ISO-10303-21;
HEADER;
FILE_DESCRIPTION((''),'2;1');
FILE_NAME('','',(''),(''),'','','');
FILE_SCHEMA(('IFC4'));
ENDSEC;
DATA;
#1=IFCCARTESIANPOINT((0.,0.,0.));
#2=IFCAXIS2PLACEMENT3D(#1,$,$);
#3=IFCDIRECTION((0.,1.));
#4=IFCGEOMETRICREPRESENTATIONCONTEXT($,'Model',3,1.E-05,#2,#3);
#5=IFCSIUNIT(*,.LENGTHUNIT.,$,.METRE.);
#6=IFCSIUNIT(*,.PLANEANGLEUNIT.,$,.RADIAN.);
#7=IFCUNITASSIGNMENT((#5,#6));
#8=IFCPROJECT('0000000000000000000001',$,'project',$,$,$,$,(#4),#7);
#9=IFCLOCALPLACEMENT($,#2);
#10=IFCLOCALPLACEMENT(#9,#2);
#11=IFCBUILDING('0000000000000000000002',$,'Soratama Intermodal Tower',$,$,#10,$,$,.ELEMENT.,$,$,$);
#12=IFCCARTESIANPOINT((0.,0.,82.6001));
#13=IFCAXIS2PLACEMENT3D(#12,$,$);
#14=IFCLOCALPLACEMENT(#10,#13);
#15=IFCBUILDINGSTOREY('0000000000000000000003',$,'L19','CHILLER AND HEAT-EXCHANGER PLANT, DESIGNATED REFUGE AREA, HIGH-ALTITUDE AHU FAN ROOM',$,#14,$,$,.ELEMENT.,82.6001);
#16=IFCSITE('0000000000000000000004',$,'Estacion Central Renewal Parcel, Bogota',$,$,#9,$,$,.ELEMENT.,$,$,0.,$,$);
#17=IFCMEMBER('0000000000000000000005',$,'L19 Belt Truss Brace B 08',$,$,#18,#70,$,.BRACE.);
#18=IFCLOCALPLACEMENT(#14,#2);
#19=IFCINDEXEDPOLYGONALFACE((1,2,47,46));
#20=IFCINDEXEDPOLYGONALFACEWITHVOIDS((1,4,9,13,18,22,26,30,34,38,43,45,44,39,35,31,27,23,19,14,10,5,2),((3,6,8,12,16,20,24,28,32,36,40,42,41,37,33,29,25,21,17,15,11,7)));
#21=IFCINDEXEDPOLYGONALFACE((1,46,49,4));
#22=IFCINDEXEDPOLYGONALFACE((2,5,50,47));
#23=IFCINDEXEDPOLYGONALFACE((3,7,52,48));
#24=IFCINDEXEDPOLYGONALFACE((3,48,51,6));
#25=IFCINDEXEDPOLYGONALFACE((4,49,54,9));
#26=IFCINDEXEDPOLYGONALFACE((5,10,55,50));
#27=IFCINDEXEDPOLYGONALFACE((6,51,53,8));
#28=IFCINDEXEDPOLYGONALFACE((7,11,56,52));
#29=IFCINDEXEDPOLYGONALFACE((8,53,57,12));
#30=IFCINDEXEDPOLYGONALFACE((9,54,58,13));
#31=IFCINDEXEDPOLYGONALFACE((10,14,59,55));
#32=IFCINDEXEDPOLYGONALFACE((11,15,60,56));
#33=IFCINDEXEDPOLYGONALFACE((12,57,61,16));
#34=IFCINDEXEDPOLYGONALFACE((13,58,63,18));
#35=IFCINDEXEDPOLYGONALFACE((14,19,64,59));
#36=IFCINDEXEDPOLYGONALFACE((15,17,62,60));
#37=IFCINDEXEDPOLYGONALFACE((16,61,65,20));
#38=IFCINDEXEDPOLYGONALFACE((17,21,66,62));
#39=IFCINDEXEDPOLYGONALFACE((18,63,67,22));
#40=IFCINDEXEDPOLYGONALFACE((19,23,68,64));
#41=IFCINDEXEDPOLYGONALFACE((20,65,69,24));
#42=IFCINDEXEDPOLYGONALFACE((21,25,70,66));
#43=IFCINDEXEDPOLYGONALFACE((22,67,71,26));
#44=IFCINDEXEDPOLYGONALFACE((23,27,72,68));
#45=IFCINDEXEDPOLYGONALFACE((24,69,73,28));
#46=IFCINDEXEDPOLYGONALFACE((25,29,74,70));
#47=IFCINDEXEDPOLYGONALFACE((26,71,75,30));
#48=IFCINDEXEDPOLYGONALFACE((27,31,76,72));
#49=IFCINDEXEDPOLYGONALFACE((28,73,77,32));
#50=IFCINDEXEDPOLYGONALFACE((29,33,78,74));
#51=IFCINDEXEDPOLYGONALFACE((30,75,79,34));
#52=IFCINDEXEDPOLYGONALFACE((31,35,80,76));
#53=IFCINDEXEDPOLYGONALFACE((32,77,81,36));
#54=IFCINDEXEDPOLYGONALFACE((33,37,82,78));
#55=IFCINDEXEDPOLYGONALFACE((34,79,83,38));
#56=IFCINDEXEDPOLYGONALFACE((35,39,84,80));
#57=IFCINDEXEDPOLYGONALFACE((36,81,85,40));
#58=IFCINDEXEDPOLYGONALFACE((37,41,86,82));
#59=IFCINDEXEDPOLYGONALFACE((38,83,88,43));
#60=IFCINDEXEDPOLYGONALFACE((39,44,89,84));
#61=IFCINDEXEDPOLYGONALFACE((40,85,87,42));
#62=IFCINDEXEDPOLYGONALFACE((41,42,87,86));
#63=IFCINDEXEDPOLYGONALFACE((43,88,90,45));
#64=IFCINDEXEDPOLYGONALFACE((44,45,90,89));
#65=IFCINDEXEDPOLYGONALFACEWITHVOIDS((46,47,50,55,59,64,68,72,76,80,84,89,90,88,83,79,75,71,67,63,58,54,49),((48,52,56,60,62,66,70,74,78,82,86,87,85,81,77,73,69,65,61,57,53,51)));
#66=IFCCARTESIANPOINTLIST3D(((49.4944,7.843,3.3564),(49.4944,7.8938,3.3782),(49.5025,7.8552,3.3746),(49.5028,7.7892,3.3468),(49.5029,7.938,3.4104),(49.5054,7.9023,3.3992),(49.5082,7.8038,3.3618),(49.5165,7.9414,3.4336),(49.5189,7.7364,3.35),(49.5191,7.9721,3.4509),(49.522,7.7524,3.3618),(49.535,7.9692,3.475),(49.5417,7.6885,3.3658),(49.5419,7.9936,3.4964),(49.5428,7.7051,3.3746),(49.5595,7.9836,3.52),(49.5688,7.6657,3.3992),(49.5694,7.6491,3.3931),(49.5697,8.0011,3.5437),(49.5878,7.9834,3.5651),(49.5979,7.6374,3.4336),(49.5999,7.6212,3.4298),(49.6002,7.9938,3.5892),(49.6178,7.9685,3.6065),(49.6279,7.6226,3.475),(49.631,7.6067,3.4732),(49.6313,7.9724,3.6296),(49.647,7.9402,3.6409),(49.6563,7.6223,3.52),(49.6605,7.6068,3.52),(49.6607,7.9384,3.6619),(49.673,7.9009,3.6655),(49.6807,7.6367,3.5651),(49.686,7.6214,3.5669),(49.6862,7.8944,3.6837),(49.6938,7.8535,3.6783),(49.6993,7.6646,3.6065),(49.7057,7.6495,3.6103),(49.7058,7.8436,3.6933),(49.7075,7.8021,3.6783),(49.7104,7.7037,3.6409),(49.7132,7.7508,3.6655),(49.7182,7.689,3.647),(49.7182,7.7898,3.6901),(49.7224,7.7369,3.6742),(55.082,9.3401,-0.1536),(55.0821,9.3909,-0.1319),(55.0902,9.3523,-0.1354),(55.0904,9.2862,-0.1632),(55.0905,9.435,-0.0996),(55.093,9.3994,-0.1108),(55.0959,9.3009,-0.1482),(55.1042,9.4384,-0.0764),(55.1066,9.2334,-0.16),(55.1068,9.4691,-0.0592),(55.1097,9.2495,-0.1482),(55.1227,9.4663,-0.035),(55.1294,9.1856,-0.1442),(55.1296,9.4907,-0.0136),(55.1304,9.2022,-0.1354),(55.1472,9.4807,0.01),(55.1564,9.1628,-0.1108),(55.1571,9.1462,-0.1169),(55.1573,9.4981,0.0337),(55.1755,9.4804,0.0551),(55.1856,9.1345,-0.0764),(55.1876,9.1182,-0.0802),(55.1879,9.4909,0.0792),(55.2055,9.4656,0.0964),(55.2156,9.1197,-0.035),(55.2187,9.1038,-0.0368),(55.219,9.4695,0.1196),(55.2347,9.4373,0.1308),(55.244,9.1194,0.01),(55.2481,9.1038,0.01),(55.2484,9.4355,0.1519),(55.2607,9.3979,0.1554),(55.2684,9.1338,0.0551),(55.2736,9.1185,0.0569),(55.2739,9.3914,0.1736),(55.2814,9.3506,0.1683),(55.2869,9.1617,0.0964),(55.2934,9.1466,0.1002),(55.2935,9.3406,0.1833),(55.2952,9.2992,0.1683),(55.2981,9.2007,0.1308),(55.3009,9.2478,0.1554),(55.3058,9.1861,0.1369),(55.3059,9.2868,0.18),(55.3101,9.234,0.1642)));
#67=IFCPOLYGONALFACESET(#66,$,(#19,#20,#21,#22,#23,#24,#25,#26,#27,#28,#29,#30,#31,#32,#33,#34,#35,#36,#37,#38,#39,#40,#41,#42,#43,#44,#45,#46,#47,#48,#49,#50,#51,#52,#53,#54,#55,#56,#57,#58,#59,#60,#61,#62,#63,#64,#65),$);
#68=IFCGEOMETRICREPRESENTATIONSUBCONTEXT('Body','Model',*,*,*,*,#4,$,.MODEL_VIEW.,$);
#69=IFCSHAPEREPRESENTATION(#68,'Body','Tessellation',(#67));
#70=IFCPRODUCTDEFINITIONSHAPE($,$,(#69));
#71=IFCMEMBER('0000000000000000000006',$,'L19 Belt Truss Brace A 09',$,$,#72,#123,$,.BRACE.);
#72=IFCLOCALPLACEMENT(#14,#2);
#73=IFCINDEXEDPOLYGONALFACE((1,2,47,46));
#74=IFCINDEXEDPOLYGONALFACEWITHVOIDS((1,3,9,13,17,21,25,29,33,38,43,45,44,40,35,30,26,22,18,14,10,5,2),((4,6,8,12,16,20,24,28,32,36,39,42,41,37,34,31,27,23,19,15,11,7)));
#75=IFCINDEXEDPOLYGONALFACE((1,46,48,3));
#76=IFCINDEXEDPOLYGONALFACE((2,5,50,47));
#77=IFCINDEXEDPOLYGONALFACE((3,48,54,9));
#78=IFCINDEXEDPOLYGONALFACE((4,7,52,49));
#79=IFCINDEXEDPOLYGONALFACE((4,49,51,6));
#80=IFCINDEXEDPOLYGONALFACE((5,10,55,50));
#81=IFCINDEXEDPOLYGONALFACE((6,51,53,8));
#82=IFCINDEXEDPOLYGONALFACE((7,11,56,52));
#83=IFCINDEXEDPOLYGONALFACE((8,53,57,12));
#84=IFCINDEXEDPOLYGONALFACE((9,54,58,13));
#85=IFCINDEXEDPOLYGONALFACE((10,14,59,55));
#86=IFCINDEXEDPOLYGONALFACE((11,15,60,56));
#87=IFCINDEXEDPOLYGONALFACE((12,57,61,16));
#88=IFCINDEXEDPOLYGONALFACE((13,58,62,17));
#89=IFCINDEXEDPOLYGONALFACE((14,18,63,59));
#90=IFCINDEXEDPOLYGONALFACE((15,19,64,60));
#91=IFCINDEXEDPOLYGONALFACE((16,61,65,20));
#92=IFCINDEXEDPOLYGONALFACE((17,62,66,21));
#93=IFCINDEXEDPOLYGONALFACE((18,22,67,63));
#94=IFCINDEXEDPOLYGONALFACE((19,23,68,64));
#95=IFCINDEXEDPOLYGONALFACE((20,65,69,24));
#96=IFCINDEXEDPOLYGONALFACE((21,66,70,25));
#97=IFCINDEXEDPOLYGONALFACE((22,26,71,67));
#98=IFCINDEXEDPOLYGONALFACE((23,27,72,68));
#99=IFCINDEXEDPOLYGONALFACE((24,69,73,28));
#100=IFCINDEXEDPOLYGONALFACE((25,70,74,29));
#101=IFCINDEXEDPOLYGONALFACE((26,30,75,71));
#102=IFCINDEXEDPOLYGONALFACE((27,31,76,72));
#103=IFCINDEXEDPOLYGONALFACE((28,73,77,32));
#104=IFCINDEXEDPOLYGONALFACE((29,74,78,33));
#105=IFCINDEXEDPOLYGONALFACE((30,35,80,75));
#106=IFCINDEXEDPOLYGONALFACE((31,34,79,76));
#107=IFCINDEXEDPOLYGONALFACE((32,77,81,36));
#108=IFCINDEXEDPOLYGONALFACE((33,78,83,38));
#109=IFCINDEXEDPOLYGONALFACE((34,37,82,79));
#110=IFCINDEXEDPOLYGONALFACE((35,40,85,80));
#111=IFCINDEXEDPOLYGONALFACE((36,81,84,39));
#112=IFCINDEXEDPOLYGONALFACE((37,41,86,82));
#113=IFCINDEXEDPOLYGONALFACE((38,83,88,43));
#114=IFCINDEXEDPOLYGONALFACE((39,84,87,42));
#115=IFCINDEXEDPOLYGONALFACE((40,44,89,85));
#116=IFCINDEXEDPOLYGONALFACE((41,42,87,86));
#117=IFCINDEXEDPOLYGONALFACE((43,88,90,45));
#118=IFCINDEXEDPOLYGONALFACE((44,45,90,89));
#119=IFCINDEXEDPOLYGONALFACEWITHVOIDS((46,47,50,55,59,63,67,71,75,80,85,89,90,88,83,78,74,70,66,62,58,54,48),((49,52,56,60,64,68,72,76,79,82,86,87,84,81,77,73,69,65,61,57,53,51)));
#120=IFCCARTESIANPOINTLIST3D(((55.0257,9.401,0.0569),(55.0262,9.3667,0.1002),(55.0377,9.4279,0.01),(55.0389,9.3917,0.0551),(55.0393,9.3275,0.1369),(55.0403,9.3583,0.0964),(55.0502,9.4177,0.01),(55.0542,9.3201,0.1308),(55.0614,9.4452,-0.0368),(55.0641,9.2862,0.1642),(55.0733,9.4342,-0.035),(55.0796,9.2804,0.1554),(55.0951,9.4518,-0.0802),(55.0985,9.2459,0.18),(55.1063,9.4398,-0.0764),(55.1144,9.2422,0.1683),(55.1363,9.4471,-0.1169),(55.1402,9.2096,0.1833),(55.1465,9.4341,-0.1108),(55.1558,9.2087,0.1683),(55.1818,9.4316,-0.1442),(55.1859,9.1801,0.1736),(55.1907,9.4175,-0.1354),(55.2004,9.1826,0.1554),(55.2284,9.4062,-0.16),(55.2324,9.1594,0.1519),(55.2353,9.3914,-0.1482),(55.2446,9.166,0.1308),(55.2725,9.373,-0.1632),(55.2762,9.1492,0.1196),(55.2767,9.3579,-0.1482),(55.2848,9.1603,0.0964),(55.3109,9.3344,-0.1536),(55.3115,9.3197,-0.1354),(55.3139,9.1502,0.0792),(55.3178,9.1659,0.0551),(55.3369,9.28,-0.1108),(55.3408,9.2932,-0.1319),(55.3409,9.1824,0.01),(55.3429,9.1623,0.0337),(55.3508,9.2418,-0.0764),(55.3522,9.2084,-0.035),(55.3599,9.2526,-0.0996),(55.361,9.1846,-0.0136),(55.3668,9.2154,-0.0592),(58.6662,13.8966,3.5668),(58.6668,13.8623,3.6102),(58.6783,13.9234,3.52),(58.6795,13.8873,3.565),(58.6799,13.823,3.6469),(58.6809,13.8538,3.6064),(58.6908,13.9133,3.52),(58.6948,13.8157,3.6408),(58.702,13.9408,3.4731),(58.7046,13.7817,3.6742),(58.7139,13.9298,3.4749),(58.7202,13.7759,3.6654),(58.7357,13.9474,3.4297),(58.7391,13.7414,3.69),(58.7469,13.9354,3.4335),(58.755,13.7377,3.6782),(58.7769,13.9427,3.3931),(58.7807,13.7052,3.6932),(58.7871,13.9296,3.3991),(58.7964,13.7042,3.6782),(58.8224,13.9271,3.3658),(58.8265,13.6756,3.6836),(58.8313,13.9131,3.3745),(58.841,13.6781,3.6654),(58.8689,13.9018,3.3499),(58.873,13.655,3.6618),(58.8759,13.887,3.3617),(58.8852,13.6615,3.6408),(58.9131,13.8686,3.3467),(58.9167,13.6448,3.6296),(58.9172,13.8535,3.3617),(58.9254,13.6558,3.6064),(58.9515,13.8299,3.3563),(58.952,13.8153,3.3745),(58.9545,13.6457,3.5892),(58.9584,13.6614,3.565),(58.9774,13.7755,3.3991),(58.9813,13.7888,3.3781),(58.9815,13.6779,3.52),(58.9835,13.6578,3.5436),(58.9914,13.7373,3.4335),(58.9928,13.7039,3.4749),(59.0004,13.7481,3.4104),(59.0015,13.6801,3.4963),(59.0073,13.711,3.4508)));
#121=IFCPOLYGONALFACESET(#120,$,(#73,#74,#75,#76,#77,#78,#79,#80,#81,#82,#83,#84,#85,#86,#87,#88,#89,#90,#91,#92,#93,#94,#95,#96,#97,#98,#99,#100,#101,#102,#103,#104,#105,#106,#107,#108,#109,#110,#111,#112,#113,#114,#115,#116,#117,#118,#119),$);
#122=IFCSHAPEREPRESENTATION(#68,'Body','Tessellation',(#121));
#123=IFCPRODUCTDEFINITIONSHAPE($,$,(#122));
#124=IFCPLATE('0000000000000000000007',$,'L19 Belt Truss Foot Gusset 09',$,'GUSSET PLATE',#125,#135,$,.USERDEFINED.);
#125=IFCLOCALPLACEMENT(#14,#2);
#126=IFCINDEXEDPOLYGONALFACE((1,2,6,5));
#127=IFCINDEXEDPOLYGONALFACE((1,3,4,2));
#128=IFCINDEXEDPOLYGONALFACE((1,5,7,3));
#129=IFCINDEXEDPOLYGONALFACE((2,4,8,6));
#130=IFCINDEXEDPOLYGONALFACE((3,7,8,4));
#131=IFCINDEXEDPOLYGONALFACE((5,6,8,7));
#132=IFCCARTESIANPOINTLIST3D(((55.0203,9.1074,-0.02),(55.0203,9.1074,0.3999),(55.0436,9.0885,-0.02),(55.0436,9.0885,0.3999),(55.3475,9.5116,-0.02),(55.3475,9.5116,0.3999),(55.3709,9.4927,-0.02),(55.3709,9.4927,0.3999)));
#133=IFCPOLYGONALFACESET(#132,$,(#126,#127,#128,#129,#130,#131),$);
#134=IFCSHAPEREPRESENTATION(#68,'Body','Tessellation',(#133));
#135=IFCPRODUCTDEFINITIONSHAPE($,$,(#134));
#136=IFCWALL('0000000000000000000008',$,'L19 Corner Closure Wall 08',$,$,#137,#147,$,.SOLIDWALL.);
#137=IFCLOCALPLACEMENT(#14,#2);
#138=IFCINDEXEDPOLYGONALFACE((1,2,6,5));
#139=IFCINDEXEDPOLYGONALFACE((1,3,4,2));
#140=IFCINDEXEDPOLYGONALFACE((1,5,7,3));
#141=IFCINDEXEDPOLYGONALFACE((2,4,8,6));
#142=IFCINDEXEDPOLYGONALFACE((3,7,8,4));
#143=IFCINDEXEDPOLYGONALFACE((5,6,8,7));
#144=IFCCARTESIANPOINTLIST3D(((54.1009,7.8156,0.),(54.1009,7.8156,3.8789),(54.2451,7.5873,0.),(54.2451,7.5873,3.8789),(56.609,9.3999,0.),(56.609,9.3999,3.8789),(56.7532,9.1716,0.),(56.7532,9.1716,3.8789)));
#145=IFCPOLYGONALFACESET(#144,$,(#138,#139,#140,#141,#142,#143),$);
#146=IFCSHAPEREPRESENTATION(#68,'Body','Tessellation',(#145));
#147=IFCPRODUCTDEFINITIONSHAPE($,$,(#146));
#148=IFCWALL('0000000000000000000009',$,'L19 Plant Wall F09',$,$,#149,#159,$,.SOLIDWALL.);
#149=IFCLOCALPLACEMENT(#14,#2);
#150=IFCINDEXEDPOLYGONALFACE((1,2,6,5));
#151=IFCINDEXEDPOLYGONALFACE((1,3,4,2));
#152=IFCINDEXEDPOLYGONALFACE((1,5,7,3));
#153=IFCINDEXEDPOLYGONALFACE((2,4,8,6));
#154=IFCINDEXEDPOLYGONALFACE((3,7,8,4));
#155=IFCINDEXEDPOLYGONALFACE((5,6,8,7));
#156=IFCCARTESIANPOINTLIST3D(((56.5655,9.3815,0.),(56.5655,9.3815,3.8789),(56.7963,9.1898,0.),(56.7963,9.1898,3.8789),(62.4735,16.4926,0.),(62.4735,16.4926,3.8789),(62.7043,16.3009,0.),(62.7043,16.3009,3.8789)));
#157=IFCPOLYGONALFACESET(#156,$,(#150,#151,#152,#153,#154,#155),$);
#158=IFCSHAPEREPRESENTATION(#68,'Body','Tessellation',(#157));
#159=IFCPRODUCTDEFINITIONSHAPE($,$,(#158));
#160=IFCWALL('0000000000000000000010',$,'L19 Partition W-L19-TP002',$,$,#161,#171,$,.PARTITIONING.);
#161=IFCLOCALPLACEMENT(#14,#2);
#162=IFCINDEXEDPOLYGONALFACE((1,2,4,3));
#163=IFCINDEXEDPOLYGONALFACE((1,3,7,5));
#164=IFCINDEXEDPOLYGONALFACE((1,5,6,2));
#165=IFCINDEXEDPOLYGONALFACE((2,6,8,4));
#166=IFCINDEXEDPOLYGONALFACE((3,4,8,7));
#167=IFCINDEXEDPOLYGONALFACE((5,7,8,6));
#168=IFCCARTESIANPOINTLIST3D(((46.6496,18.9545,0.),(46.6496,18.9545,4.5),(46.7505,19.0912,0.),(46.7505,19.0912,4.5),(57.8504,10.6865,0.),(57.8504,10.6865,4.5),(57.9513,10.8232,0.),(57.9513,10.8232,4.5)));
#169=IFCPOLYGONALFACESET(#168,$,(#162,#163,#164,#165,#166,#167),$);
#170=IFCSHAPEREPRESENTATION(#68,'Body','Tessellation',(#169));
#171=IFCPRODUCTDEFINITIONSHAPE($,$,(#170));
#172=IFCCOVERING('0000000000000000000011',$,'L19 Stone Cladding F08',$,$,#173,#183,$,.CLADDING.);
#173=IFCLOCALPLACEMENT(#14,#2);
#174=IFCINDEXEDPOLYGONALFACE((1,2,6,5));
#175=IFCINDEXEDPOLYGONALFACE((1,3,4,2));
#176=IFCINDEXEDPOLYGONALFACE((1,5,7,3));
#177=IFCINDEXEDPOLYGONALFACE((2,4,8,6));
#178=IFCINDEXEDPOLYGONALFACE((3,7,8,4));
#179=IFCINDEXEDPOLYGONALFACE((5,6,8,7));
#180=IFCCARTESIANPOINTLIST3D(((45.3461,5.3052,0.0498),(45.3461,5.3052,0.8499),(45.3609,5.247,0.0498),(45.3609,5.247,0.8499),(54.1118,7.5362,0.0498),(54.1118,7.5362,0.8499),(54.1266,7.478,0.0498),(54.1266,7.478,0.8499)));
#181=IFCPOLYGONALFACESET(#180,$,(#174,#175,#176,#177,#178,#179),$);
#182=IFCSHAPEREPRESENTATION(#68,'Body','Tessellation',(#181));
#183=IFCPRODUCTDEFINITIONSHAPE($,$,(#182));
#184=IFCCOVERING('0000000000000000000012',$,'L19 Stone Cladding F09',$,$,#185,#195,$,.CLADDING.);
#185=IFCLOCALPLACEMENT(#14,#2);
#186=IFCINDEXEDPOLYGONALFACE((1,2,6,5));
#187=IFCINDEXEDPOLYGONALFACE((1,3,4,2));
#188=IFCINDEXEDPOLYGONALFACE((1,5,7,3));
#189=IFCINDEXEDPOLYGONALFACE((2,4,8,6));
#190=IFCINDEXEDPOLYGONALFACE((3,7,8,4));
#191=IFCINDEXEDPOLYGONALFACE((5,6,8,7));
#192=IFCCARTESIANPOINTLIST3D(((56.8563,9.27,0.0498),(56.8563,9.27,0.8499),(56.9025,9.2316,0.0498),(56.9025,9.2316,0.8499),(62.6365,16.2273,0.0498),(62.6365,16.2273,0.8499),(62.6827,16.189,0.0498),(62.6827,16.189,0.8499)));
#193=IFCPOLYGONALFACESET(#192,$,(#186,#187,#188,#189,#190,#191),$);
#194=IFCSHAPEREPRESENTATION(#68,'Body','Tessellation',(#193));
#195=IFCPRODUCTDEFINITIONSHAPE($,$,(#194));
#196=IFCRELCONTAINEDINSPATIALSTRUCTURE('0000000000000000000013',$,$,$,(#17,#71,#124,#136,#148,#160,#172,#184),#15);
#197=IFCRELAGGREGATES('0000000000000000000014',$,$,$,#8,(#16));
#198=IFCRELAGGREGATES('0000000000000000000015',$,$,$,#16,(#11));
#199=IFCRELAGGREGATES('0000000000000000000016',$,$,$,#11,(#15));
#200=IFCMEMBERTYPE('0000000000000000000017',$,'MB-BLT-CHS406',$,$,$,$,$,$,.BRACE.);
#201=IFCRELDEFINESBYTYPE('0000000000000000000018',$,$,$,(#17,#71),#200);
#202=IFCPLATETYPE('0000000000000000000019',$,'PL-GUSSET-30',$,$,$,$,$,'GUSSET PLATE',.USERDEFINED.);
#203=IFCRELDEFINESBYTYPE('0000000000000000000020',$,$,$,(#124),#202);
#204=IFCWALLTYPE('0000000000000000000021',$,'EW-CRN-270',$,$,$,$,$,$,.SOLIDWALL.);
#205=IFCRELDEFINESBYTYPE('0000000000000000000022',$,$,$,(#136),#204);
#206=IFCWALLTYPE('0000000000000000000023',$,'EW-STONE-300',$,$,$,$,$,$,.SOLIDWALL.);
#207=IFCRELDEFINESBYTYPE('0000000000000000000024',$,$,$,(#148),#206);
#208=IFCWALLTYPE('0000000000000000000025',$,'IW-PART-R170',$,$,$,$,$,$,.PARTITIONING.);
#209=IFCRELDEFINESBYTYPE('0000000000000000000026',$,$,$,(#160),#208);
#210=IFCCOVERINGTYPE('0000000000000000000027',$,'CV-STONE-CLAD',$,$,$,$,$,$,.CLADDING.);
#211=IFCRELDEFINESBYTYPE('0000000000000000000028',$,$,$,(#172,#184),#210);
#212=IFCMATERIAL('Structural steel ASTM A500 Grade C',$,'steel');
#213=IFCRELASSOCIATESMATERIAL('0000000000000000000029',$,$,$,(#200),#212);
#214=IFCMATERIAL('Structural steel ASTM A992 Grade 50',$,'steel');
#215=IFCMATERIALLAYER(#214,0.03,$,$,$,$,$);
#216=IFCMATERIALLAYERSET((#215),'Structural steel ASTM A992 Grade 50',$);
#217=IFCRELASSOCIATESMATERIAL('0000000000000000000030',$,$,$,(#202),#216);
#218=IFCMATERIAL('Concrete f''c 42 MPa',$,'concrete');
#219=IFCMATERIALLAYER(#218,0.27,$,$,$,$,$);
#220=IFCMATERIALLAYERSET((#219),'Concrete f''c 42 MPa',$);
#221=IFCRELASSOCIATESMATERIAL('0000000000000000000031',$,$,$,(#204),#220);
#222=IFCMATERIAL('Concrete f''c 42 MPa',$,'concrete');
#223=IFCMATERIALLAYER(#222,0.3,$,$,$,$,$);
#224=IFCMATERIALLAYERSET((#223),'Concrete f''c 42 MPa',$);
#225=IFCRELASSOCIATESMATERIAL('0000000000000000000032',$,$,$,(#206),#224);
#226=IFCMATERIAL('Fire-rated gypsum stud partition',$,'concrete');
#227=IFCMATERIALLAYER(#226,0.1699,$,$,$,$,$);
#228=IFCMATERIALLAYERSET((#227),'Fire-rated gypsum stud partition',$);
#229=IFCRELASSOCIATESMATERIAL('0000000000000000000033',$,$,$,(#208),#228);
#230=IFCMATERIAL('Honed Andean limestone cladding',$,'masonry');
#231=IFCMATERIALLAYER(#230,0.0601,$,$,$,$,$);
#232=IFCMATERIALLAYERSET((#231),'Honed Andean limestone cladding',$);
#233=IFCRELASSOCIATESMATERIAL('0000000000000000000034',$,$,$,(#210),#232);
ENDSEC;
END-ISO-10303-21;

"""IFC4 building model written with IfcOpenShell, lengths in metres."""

from ifc_helpers import new_model, si_unit, direction, frame, frame_2d, origin, origin_2d, place, context, subcontext, project, spatial, rectangle, hollow_circle, extrude, material, layer, layer_set, material_profile, profile_set, type_object, element, save


model = new_model("IFC4")

# Units and contexts
model_context = context("Model", 3, precision=1e-05, world=origin(), true_north=direction((0.0, 1.0)))
body_context = subcontext(model_context, "Body", "Model", "MODEL_VIEW")
ifc_project = project(units=[si_unit("LENGTHUNIT", "METRE"), si_unit("PLANEANGLEUNIT", "RADIAN")], contexts=[model_context])

# Site, building, storey
site_placement = place(None, origin())
site = spatial("IfcSite", under=ifc_project, at=site_placement, Name="Estacion Central Renewal Parcel, Bogota", CompositionType="ELEMENT", RefElevation=0.0)
building_placement = place(site_placement, origin())
building = spatial("IfcBuilding", under=site, at=building_placement, Name="Soratama Intermodal Tower", CompositionType="ELEMENT")
storey_placement = place(building_placement, frame((0.0, 0.0, 82.6001)))
storey = spatial("IfcBuildingStorey", under=building, at=storey_placement, Name="L19", Description="CHILLER AND HEAT-EXCHANGER PLANT, DESIGNATED REFUGE AREA, HIGH-ALTITUDE AHU FAN ROOM", CompositionType="ELEMENT", Elevation=82.6001)

# Members
ifc_material_1 = material(Name="Structural steel ASTM A500 Grade C", Category="steel")
ifc_material_profile_1 = material_profile(ifc_material_1, hollow_circle(Radius=0.2031, WallThickness=0.0161, at=origin_2d()), Name="CHS406X16")
ifc_profile_set_1 = profile_set([ifc_material_profile_1], Name="Structural steel ASTM A500 Grade C")
member_type = type_object("IfcMemberType", Name="MB-BLT-CHS406", PredefinedType="BRACE", material=ifc_profile_set_1)
for number, where, z_axis, x_axis, name in (
    (1, (55.1956, 9.3, 0.01), (-0.825802, -0.221253, 0.518747), (0.258797, -0.965932, 0.0), "L19 Belt Truss Brace B 08"),
    (2, (55.1956, 9.3, 0.01), (0.538041, 0.664397, 0.518738), (-0.777133, 0.629337, 0.0), "L19 Belt Truss Brace A 09"),
):
    element("IfcMember", number, at=place(storey_placement, frame(where, z_axis=z_axis, x_axis=x_axis)), inside=storey, type_object=member_type, Name=name, PredefinedType="BRACE", context=body_context, shape_type="SweptSolid", body=[
        extrude(hollow_circle(Radius=0.2031, WallThickness=0.0161, at=origin_2d()), origin(), (0.0, 0.0, 1.0), 6.7664),
    ])

# Plate
ifc_material_2 = material(Name="Structural steel ASTM A992 Grade 50", Category="steel")
ifc_layer_1 = layer(ifc_material_2, 0.03)
ifc_layer_set_1 = layer_set([ifc_layer_1], Name="Structural steel ASTM A992 Grade 50")
plate_type = type_object("IfcPlateType", Name="PL-GUSSET-30", ElementType="GUSSET PLATE", PredefinedType="USERDEFINED", material=ifc_layer_set_1)
plate_placement = place(storey_placement, frame((55.1956, 9.3, -0.02), z_axis=(0.0, 0.0, 1.0), x_axis=(0.62932, 0.777146, 0.0)))
element("IfcPlate", 3, at=plate_placement, inside=storey, type_object=plate_type, Name="L19 Belt Truss Foot Gusset 09", ObjectType="GUSSET PLATE", PredefinedType="USERDEFINED", context=body_context, shape_type="SweptSolid", body=[
    extrude(rectangle(XDim=0.52, YDim=0.03, at=origin_2d()), origin(), (0.0, 0.0, 1.0), 0.4199),
])

# Walls
ifc_material_3 = material(Name="Concrete f'c 42 MPa", Category="concrete")
ifc_layer_2 = layer(ifc_material_3, 0.27)
ifc_layer_set_2 = layer_set([ifc_layer_2], Name="Concrete f'c 42 MPa")
wall_type_1 = type_object("IfcWallType", Name="EW-CRN-270", PredefinedType="SOLIDWALL", material=ifc_layer_set_2)
wall_1_placement = place(storey_placement, frame((54.1729, 7.7014, 0.0), z_axis=(0.0, 0.0, 1.0), x_axis=(0.84546, 0.534039, 0.0)))
element("IfcWall", 4, at=wall_1_placement, inside=storey, type_object=wall_type_1, Name="L19 Corner Closure Wall 08", PredefinedType="SOLIDWALL", context=body_context, shape_type="SweptSolid", body=[
    extrude(rectangle(XDim=2.9666, YDim=0.27, at=frame_2d((1.4834, 0.0))), origin(), (0.0, 0.0, 1.0), 3.8789),
])
ifc_material_4 = material(Name="Concrete f'c 42 MPa", Category="concrete")
ifc_layer_3 = layer(ifc_material_4, 0.3)
ifc_layer_set_3 = layer_set([ifc_layer_3], Name="Concrete f'c 42 MPa")
wall_type_2 = type_object("IfcWallType", Name="EW-STONE-300", PredefinedType="SOLIDWALL", material=ifc_layer_set_3)
wall_2_placement = place(storey_placement, frame((56.6809, 9.2856, 0.0), z_axis=(0.0, 0.0, 1.0), x_axis=(0.639038, 0.769175, 0.0)))
element("IfcWall", 5, at=wall_2_placement, inside=storey, type_object=wall_type_2, Name="L19 Plant Wall F09", PredefinedType="SOLIDWALL", context=body_context, shape_type="SweptSolid", body=[
    extrude(rectangle(XDim=9.2451, YDim=0.3, at=frame_2d((4.6226, 0.0))), origin(), (0.0, 0.0, 1.0), 3.8789),
])
ifc_material_5 = material(Name="Fire-rated gypsum stud partition", Category="concrete")
ifc_layer_4 = layer(ifc_material_5, 0.1699)
ifc_layer_set_4 = layer_set([ifc_layer_4], Name="Fire-rated gypsum stud partition")
wall_type_3 = type_object("IfcWallType", Name="IW-PART-R170", PredefinedType="PARTITIONING", material=ifc_layer_set_4)
wall_3_placement = place(storey_placement, frame((57.9009, 10.7549, 0.0), z_axis=(0.0, 0.0, 1.0), x_axis=(-0.80455, 0.593886, 0.0)))
element("IfcWall", 6, at=wall_3_placement, inside=storey, type_object=wall_type_3, Name="L19 Partition W-L19-TP002", PredefinedType="PARTITIONING", context=body_context, shape_type="SweptSolid", body=[
    extrude(rectangle(XDim=13.9219, YDim=0.1699, at=frame_2d((6.9609, 0.0))), origin(), (0.0, 0.0, 1.0), 4.5),
])

# Coverings
ifc_material_6 = material(Name="Honed Andean limestone cladding", Category="masonry")
ifc_layer_5 = layer(ifc_material_6, 0.0601)
ifc_layer_set_5 = layer_set([ifc_layer_5], Name="Honed Andean limestone cladding")
covering_type = type_object("IfcCoveringType", Name="CV-STONE-CLAD", PredefinedType="CLADDING", material=ifc_layer_set_5)
for number, where, z_axis, x_axis, name in (
    (7, (49.7363, 6.3916, 0.0498), (0.0, 0.0, 1.0), (0.969102, 0.246661, 0.0), "L19 Stone Cladding F08"),
    (8, (59.7695, 12.7295, 0.0498), (0.0, 0.0, 1.0), (0.639036, 0.769177, 0.0), "L19 Stone Cladding F09"),
):
    element("IfcCovering", number, at=place(storey_placement, frame(where, z_axis=z_axis, x_axis=x_axis)), inside=storey, type_object=covering_type, Name=name, PredefinedType="CLADDING", context=body_context, shape_type="SweptSolid", body=[
        extrude(rectangle(XDim=9.0452, YDim=0.0601, at=origin_2d()), origin(), (0.0, 0.0, 1.0), 0.8),
    ])

save(model, "model.ifc")
